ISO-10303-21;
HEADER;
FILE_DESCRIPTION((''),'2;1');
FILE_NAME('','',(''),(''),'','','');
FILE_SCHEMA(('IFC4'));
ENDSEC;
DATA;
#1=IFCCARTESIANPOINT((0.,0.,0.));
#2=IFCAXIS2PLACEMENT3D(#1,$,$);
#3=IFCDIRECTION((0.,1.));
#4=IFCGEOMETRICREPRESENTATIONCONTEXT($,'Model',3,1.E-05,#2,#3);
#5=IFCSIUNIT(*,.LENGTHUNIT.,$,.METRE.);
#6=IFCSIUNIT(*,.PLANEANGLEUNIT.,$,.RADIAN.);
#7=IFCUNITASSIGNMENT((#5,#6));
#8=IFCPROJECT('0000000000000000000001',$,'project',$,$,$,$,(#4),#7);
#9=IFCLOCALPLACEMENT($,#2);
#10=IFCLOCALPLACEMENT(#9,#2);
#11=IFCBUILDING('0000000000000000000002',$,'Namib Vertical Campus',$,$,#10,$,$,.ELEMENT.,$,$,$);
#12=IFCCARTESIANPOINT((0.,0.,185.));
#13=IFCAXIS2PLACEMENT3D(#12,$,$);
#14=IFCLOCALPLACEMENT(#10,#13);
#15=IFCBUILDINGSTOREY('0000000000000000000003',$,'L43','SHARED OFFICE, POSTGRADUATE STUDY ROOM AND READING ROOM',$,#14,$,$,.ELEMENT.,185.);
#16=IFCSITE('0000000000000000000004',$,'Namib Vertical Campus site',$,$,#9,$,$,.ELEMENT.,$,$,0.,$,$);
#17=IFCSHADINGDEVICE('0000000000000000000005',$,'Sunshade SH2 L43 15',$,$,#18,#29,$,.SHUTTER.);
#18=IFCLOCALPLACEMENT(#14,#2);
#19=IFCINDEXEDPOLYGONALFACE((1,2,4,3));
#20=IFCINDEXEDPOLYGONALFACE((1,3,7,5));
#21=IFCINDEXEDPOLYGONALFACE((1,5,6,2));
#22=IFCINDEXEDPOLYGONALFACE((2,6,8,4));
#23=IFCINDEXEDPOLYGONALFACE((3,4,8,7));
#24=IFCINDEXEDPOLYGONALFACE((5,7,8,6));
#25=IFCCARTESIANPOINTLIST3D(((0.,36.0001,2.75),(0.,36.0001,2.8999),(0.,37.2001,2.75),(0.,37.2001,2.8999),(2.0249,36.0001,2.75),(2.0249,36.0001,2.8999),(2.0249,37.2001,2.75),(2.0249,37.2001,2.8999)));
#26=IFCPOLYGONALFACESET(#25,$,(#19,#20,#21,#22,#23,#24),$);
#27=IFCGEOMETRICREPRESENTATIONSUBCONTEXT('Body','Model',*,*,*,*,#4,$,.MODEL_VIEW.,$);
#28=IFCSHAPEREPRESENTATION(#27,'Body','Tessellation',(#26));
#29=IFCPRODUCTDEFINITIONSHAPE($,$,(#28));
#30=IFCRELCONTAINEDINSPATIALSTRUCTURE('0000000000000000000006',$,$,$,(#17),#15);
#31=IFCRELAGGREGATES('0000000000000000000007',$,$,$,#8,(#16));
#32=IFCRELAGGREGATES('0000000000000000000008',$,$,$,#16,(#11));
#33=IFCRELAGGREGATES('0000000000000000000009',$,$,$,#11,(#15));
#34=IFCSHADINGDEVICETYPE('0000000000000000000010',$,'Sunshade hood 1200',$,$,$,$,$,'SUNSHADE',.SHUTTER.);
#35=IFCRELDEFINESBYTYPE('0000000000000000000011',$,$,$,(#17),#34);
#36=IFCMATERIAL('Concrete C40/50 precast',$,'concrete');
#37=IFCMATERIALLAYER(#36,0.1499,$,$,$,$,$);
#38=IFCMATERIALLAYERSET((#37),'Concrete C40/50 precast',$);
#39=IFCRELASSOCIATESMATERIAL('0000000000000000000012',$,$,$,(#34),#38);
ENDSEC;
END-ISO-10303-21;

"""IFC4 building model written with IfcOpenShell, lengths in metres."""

from ifc_helpers import new_model, si_unit, direction, frame, origin, origin_2d, place, context, subcontext, project, spatial, rectangle, extrude, material, layer, layer_set, type_object, element, save


model = new_model("IFC4")

# Units and contexts
model_context = context("Model", 3, precision=1e-05, world=origin(), true_north=direction((0.0, 1.0)))
body_context = subcontext(model_context, "Body", "Model", "MODEL_VIEW")
ifc_project = project(units=[si_unit("LENGTHUNIT", "METRE"), si_unit("PLANEANGLEUNIT", "RADIAN")], contexts=[model_context])

# Site, building, storey
site_placement = place(None, origin())
site = spatial("IfcSite", under=ifc_project, at=site_placement, Name="Namib Vertical Campus site", CompositionType="ELEMENT", RefElevation=0.0)
building_placement = place(site_placement, origin())
building = spatial("IfcBuilding", under=site, at=building_placement, Name="Namib Vertical Campus", CompositionType="ELEMENT")
storey_placement = place(building_placement, frame((0.0, 0.0, 185.0)))
storey = spatial("IfcBuildingStorey", under=building, at=storey_placement, Name="L43", Description="SHARED OFFICE, POSTGRADUATE STUDY ROOM AND READING ROOM", CompositionType="ELEMENT", Elevation=185.0)

# Shading device
ifc_material_1 = material(Name="Concrete C40/50 precast", Category="concrete")
ifc_layer_1 = layer(ifc_material_1, 0.1499)
ifc_layer_set_1 = layer_set([ifc_layer_1], Name="Concrete C40/50 precast")
shading_device_type = type_object("IfcShadingDeviceType", Name="Sunshade hood 1200", ElementType="SUNSHADE", PredefinedType="SHUTTER", material=ifc_layer_set_1)
for number, where, z_axis, x_axis, name in (
    (1, (1.0125, 36.6001, 2.75), (0.0, 0.0, 1.0), (-1.0, 0.0, 0.0), "Sunshade SH2 L43 15"),
):
    element("IfcShadingDevice", number, at=place(storey_placement, frame(where, z_axis=z_axis, x_axis=x_axis)), inside=storey, type_object=shading_device_type, Name=name, PredefinedType="SHUTTER", context=body_context, shape_type="SweptSolid", body=[
        extrude(rectangle(XDim=2.0249, YDim=1.2, at=origin_2d()), origin(), (0.0, 0.0, 1.0), 0.1499),
    ])

save(model, "model.ifc")
